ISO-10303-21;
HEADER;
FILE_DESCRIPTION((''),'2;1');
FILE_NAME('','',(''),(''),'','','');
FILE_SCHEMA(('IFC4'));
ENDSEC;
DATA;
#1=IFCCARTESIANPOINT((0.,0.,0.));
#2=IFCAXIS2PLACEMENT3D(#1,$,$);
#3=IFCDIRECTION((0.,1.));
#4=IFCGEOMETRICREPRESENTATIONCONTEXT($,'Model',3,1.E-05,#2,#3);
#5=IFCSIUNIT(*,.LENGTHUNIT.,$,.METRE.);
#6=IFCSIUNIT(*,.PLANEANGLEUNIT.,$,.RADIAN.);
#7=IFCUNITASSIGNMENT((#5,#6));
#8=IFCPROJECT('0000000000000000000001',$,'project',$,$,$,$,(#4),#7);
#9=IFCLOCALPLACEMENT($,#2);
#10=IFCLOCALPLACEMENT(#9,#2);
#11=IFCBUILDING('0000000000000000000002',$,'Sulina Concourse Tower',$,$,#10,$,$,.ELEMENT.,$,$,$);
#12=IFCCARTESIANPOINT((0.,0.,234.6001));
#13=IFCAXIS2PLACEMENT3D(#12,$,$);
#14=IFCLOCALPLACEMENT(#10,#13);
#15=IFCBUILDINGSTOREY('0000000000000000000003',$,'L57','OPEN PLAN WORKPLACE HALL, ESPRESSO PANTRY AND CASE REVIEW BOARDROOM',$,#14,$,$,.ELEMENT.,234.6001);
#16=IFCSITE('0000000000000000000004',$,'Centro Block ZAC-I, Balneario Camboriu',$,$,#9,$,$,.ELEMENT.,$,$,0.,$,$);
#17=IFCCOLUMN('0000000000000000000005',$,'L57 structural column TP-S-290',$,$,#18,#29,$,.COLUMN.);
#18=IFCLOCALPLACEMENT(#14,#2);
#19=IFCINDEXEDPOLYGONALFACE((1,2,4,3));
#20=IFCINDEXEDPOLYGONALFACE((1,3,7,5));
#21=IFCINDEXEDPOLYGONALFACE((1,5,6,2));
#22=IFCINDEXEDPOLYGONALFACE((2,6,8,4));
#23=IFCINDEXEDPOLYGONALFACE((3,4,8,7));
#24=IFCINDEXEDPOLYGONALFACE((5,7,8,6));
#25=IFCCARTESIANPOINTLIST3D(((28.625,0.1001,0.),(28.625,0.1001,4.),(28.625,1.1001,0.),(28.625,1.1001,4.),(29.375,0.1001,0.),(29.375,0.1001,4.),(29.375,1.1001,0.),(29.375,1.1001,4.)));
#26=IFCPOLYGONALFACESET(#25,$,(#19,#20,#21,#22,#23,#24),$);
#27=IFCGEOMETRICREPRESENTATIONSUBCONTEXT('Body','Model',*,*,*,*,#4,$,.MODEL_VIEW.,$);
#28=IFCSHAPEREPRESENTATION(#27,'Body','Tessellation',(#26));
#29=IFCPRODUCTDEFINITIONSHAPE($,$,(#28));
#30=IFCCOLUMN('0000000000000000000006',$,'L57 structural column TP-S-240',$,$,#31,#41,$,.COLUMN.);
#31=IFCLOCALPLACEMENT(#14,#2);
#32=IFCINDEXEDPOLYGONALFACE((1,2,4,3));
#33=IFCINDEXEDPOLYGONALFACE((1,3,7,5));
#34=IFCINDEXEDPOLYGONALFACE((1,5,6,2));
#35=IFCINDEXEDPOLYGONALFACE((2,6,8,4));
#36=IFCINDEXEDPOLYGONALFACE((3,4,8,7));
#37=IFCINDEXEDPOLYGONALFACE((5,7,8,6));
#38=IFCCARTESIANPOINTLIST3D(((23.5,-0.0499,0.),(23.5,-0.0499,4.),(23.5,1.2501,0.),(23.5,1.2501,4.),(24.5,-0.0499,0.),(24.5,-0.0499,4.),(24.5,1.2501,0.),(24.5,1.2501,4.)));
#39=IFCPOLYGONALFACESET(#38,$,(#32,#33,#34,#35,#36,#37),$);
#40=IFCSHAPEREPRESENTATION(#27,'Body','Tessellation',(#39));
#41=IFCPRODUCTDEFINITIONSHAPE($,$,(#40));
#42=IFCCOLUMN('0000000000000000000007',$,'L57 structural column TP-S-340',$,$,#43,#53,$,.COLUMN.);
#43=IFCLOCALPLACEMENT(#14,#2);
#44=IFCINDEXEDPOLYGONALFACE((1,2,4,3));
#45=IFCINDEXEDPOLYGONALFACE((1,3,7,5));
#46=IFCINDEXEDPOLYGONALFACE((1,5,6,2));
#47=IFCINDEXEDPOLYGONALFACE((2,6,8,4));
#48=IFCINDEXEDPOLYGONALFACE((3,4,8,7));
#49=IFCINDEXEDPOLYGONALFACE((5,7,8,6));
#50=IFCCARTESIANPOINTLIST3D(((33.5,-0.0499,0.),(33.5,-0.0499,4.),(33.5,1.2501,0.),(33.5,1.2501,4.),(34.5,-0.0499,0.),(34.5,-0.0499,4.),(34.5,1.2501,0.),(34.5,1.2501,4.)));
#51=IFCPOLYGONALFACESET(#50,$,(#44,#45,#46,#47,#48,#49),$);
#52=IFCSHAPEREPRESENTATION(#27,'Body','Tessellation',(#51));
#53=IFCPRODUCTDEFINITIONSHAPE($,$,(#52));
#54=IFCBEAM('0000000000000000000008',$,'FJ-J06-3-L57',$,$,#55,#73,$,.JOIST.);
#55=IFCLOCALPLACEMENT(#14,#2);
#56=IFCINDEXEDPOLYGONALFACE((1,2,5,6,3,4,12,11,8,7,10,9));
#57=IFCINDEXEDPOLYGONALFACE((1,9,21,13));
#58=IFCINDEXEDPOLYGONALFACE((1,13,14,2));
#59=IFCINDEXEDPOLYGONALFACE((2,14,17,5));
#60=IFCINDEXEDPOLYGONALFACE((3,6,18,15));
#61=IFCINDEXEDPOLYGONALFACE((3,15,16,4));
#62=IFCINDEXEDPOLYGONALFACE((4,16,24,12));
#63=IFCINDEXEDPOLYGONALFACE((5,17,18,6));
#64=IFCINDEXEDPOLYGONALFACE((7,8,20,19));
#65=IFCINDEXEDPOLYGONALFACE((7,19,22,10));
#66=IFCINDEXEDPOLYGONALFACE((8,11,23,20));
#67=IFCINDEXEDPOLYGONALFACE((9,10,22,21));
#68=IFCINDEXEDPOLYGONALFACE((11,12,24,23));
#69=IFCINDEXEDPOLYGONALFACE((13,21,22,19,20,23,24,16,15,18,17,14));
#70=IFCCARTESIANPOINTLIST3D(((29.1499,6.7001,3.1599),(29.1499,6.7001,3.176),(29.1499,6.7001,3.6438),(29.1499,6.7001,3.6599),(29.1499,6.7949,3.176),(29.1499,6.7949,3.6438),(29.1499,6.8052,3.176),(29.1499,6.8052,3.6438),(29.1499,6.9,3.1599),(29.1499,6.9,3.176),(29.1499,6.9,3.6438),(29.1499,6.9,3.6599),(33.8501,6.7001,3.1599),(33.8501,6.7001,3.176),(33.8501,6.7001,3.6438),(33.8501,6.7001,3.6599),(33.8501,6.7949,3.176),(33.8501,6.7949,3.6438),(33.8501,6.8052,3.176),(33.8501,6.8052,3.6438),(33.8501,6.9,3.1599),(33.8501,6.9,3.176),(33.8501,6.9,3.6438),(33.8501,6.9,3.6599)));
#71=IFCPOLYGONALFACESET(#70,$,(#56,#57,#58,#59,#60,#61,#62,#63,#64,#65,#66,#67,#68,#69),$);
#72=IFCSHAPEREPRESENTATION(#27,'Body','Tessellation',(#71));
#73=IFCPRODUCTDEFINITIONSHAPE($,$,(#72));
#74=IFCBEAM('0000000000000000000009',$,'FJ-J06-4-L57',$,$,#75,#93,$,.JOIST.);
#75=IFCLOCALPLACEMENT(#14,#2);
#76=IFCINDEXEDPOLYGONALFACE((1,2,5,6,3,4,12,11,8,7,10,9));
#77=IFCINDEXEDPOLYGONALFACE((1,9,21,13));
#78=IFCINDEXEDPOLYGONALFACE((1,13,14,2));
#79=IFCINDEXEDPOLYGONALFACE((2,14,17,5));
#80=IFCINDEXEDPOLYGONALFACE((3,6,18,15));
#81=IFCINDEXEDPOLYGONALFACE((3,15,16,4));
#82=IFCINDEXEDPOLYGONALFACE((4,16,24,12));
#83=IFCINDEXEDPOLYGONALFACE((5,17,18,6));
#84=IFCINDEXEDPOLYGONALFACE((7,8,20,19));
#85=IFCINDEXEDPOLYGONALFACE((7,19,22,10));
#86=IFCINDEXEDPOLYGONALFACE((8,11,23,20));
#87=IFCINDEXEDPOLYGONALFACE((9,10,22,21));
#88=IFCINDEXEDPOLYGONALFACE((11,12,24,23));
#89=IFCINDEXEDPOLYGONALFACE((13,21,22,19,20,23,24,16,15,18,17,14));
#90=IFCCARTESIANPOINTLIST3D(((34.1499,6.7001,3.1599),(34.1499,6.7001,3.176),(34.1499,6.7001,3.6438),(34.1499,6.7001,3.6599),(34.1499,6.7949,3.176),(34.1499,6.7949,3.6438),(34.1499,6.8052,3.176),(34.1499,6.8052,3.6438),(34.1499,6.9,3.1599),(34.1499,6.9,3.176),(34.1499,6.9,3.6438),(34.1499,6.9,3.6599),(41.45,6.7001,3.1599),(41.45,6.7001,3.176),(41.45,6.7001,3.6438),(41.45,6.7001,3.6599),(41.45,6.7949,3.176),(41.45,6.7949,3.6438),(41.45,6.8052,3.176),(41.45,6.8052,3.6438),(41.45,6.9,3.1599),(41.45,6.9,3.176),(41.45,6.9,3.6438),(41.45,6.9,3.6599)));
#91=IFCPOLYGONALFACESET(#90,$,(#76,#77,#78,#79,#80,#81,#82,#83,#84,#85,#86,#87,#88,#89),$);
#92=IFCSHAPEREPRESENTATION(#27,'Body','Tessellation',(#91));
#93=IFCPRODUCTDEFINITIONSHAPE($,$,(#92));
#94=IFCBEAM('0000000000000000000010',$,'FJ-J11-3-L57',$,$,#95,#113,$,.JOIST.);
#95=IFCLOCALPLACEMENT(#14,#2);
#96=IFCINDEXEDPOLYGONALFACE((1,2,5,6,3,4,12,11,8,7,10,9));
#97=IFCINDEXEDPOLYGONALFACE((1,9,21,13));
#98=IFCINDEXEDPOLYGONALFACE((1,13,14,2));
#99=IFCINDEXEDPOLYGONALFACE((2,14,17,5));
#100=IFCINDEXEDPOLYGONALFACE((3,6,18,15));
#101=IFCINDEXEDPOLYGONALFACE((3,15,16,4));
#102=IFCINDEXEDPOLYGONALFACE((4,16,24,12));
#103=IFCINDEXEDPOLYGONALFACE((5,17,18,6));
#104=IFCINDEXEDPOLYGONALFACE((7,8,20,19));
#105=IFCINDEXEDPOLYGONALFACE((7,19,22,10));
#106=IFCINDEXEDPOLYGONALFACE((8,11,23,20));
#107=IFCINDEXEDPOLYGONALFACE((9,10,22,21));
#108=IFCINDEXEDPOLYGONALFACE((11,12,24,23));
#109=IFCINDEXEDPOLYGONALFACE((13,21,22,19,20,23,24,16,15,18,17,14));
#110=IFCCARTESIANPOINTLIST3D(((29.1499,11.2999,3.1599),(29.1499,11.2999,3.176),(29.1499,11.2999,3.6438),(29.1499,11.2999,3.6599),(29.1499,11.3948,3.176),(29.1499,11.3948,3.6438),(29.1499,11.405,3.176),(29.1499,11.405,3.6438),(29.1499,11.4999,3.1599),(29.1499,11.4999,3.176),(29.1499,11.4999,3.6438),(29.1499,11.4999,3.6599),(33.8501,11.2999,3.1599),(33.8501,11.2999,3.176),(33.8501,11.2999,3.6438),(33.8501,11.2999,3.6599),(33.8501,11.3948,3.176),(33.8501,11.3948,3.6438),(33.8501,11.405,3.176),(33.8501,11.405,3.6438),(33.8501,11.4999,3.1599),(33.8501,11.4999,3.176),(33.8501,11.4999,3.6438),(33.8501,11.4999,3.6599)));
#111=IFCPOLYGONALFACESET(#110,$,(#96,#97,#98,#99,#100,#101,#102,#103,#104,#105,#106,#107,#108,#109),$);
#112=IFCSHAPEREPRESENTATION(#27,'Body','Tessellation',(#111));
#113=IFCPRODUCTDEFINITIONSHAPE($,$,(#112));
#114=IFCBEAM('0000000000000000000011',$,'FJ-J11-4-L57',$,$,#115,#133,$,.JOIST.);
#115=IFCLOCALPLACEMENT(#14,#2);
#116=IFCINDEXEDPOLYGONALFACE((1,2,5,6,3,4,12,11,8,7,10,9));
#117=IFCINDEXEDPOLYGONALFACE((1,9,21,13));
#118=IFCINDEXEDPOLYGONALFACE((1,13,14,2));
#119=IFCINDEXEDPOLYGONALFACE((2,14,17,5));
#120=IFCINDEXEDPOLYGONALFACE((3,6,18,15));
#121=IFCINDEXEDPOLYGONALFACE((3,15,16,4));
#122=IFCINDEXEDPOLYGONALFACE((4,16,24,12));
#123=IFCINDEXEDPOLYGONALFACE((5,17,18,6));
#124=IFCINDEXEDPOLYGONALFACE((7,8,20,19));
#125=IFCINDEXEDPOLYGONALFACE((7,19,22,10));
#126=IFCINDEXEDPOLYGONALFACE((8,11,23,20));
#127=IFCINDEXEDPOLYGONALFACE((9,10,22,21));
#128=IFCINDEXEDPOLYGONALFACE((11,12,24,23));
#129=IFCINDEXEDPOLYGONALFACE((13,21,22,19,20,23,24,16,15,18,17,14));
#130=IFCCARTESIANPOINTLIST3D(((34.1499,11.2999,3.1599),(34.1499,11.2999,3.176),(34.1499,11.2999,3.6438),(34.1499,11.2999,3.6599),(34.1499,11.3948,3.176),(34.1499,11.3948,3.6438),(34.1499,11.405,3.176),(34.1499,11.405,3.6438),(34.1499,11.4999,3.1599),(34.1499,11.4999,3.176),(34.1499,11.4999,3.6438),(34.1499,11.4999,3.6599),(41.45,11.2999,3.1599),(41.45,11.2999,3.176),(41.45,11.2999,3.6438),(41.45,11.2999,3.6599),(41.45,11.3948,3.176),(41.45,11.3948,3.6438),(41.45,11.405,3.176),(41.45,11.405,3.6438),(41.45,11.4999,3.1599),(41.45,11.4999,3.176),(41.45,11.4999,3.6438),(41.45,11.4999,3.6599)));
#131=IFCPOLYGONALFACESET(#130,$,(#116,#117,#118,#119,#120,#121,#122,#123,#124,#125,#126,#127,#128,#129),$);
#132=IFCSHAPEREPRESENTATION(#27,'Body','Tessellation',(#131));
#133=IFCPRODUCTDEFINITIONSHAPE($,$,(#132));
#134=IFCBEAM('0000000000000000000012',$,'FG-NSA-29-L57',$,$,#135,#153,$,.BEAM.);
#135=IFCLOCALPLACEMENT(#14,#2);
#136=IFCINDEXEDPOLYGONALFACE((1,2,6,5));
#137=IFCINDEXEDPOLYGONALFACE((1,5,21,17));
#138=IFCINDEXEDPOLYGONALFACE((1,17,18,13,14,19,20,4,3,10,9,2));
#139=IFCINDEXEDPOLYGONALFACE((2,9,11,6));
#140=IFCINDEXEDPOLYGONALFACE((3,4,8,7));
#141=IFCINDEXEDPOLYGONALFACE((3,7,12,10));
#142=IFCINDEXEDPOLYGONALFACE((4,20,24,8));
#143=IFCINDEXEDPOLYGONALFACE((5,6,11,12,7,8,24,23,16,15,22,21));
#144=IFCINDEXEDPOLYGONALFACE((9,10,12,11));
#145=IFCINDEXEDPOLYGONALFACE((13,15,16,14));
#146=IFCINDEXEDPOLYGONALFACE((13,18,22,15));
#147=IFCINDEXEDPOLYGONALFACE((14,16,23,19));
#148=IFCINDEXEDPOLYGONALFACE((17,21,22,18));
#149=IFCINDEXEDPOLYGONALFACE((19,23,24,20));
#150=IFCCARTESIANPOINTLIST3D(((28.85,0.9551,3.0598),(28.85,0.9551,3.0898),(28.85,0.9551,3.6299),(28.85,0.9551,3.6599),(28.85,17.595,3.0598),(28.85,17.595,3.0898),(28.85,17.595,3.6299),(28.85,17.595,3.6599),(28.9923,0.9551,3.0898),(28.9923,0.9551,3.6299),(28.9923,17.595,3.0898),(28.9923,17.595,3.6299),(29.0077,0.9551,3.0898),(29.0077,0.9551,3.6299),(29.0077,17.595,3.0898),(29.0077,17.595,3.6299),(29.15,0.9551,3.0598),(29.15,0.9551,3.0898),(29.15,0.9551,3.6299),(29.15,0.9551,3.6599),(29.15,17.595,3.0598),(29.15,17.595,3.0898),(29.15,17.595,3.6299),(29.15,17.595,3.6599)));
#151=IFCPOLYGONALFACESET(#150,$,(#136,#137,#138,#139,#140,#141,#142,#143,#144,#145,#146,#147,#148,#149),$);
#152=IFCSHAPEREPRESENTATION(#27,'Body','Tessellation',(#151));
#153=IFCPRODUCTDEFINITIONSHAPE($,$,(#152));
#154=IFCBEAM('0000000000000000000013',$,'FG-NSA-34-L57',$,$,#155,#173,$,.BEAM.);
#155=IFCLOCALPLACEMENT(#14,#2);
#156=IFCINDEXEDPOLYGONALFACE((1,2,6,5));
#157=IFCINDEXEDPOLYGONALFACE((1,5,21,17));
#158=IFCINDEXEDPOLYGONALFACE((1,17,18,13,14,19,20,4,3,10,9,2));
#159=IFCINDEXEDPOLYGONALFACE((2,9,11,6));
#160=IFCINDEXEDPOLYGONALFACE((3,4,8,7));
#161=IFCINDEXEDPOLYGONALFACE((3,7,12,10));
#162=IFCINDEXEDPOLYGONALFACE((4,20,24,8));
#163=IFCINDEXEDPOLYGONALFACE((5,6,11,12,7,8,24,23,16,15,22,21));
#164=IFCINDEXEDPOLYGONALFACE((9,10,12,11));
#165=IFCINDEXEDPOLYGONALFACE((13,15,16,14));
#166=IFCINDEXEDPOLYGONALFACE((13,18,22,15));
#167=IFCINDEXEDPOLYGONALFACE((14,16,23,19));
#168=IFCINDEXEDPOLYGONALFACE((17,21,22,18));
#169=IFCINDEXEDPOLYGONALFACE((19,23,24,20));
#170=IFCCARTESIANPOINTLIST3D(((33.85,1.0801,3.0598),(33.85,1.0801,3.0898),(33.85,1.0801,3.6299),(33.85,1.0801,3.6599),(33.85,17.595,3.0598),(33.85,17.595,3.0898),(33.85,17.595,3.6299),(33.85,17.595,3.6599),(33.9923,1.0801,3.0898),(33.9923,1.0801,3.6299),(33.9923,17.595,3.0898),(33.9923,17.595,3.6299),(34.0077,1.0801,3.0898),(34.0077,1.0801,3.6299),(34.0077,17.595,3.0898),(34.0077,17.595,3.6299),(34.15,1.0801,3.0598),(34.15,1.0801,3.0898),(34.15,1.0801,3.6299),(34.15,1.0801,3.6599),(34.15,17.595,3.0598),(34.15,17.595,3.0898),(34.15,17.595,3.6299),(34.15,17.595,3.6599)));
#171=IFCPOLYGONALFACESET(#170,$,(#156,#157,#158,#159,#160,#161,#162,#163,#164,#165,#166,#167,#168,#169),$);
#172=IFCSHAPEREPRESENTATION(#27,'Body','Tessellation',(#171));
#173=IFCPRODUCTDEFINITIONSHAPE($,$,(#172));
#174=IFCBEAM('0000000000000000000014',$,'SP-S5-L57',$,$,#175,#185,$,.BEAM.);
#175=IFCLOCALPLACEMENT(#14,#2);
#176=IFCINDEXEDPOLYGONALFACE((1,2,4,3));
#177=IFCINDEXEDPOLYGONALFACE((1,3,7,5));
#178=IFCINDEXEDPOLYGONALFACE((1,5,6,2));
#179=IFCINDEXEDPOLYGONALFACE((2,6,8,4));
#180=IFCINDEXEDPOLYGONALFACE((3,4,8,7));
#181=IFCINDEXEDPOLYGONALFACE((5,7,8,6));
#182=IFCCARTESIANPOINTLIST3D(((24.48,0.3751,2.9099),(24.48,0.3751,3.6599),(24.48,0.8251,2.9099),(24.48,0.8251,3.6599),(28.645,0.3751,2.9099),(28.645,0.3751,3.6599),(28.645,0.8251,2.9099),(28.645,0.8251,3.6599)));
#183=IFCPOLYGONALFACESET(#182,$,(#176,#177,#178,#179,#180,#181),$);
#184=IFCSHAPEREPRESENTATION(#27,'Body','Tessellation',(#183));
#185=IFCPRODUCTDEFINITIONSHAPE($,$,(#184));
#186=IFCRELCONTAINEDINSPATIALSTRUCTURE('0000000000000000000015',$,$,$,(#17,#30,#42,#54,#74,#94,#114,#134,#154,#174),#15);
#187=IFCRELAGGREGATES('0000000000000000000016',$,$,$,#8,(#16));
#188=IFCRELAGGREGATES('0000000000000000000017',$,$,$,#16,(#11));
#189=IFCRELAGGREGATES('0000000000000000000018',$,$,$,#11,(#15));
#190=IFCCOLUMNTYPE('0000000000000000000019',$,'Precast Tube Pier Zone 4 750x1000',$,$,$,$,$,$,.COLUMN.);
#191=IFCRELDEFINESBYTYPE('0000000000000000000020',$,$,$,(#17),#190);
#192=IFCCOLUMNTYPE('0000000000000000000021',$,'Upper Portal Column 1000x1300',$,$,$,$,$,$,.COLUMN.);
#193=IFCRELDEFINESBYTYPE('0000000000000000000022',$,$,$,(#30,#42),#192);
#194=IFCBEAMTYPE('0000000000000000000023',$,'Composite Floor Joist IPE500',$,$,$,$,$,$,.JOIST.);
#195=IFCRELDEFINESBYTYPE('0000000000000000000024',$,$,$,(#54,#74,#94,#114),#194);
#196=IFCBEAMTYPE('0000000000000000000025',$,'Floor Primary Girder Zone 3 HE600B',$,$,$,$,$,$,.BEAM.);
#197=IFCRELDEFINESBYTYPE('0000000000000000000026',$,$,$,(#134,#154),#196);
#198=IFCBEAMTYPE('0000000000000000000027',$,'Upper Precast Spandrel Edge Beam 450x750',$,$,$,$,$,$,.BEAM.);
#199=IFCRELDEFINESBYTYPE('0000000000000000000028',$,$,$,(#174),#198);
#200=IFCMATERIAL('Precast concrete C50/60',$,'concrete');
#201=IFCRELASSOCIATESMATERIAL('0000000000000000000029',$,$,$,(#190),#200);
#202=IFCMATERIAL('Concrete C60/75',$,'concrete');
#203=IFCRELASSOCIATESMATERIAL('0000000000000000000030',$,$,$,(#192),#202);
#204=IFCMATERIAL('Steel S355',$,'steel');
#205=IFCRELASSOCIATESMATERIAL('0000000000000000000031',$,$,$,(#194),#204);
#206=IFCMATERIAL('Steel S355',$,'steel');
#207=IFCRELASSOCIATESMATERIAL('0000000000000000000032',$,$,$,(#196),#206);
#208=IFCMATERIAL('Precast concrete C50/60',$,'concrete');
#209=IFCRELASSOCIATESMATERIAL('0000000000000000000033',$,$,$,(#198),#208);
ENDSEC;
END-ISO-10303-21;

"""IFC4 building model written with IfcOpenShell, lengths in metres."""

from ifc_helpers import new_model, si_unit, direction, frame, origin, origin_2d, place, context, subcontext, project, spatial, rectangle, i_section, extrude, material, material_profile, profile_set, type_object, element, save


model = new_model("IFC4")

# Units and contexts
model_context = context("Model", 3, precision=1e-05, world=origin(), true_north=direction((0.0, 1.0)))
body_context = subcontext(model_context, "Body", "Model", "MODEL_VIEW")
ifc_project = project(units=[si_unit("LENGTHUNIT", "METRE"), si_unit("PLANEANGLEUNIT", "RADIAN")], contexts=[model_context])

# Site, building, storey
site_placement = place(None, origin())
site = spatial("IfcSite", under=ifc_project, at=site_placement, Name="Centro Block ZAC-I, Balneario Camboriu", CompositionType="ELEMENT", RefElevation=0.0)
building_placement = place(site_placement, origin())
building = spatial("IfcBuilding", under=site, at=building_placement, Name="Sulina Concourse Tower", CompositionType="ELEMENT")
storey_placement = place(building_placement, frame((0.0, 0.0, 234.6001)))
storey = spatial("IfcBuildingStorey", under=building, at=storey_placement, Name="L57", Description="OPEN PLAN WORKPLACE HALL, ESPRESSO PANTRY AND CASE REVIEW BOARDROOM", CompositionType="ELEMENT", Elevation=234.6001)

# Columns
ifc_material_1 = material(Name="Precast concrete C50/60", Category="concrete")
ifc_material_profile_1 = material_profile(ifc_material_1, rectangle(XDim=0.75, YDim=1.0, at=origin_2d()), Name="PC 750x1000")
ifc_profile_set_1 = profile_set([ifc_material_profile_1], Name="Precast concrete C50/60")
column_type_1 = type_object("IfcColumnType", Name="Precast Tube Pier Zone 4 750x1000", PredefinedType="COLUMN", material=ifc_profile_set_1)
column_placement = place(storey_placement, frame((29.0, 0.6001, 0.0), z_axis=(0.0, 0.0, 1.0), x_axis=(1.0, 0.0, 0.0)))
element("IfcColumn", 1, at=column_placement, inside=storey, type_object=column_type_1, Name="L57 structural column TP-S-290", PredefinedType="COLUMN", context=body_context, shape_type="SweptSolid", body=[
    extrude(rectangle(XDim=0.75, YDim=1.0, at=origin_2d()), origin(), (0.0, 0.0, 1.0), 4.0),
])
ifc_material_2 = material(Name="Concrete C60/75", Category="concrete")
ifc_material_profile_2 = material_profile(ifc_material_2, rectangle(XDim=1.0, YDim=1.3, at=origin_2d()), Name="RC 1000x1300")
ifc_profile_set_2 = profile_set([ifc_material_profile_2], Name="Concrete C60/75")
column_type_2 = type_object("IfcColumnType", Name="Upper Portal Column 1000x1300", PredefinedType="COLUMN", material=ifc_profile_set_2)
for number, where, z_axis, x_axis, name in (
    (2, (24.0, 0.6001, 0.0), (0.0, 0.0, 1.0), (1.0, 0.0, 0.0), "L57 structural column TP-S-240"),
    (3, (34.0, 0.6001, 0.0), (0.0, 0.0, 1.0), (1.0, 0.0, 0.0), "L57 structural column TP-S-340"),
):
    element("IfcColumn", number, at=place(storey_placement, frame(where, z_axis=z_axis, x_axis=x_axis)), inside=storey, type_object=column_type_2, Name=name, PredefinedType="COLUMN", context=body_context, shape_type="SweptSolid", body=[
        extrude(rectangle(XDim=1.0, YDim=1.3, at=origin_2d()), origin(), (0.0, 0.0, 1.0), 4.0),
    ])

# Beams
ifc_material_3 = material(Name="Steel S355", Category="steel")
ifc_material_profile_3 = material_profile(ifc_material_3, i_section(OverallWidth=0.2, OverallDepth=0.5, WebThickness=0.0103, FlangeThickness=0.0161, at=origin_2d()), Name="IPE 500")
ifc_profile_set_3 = profile_set([ifc_material_profile_3], Name="Steel S355")
beam_type_1 = type_object("IfcBeamType", Name="Composite Floor Joist IPE500", PredefinedType="JOIST", material=ifc_profile_set_3)
beam_1_placement = place(storey_placement, frame((29.1499, 6.8, 3.4099), z_axis=(1.0, 0.0, 0.0), x_axis=(0.0, 1.0, 0.0)))
element("IfcBeam", 4, at=beam_1_placement, inside=storey, type_object=beam_type_1, Name="FJ-J06-3-L57", PredefinedType="JOIST", context=body_context, shape_type="SweptSolid", body=[
    extrude(i_section(OverallWidth=0.2, OverallDepth=0.5, WebThickness=0.0103, FlangeThickness=0.0161, at=origin_2d()), origin(), (0.0, 0.0, 1.0), 4.7002),
])
beam_2_placement = place(storey_placement, frame((34.1499, 6.8, 3.4099), z_axis=(1.0, 0.0, 0.0), x_axis=(0.0, 1.0, 0.0)))
element("IfcBeam", 5, at=beam_2_placement, inside=storey, type_object=beam_type_1, Name="FJ-J06-4-L57", PredefinedType="JOIST", context=body_context, shape_type="SweptSolid", body=[
    extrude(i_section(OverallWidth=0.2, OverallDepth=0.5, WebThickness=0.0103, FlangeThickness=0.0161, at=origin_2d()), origin(), (0.0, 0.0, 1.0), 7.3),
])
beam_3_placement = place(storey_placement, frame((29.1499, 11.3999, 3.4099), z_axis=(1.0, 0.0, 0.0), x_axis=(0.0, 1.0, 0.0)))
element("IfcBeam", 6, at=beam_3_placement, inside=storey, type_object=beam_type_1, Name="FJ-J11-3-L57", PredefinedType="JOIST", context=body_context, shape_type="SweptSolid", body=[
    extrude(i_section(OverallWidth=0.2, OverallDepth=0.5, WebThickness=0.0103, FlangeThickness=0.0161, at=origin_2d()), origin(), (0.0, 0.0, 1.0), 4.7002),
])
beam_4_placement = place(storey_placement, frame((34.1499, 11.3999, 3.4099), z_axis=(1.0, 0.0, 0.0), x_axis=(0.0, 1.0, 0.0)))
element("IfcBeam", 7, at=beam_4_placement, inside=storey, type_object=beam_type_1, Name="FJ-J11-4-L57", PredefinedType="JOIST", context=body_context, shape_type="SweptSolid", body=[
    extrude(i_section(OverallWidth=0.2, OverallDepth=0.5, WebThickness=0.0103, FlangeThickness=0.0161, at=origin_2d()), origin(), (0.0, 0.0, 1.0), 7.3),
])
ifc_material_4 = material(Name="Steel S355", Category="steel")
ifc_material_profile_4 = material_profile(ifc_material_4, i_section(OverallWidth=0.3, OverallDepth=0.6001, WebThickness=0.0154, FlangeThickness=0.03, at=origin_2d()), Name="HE 600 B")
ifc_profile_set_4 = profile_set([ifc_material_profile_4], Name="Steel S355")
beam_type_2 = type_object("IfcBeamType", Name="Floor Primary Girder Zone 3 HE600B", PredefinedType="BEAM", material=ifc_profile_set_4)
beam_5_placement = place(storey_placement, frame((29.0, 0.9551, 3.3599), z_axis=(0.0, 1.0, 0.0), x_axis=(-1.0, 0.0, 0.0)))
element("IfcBeam", 8, at=beam_5_placement, inside=storey, type_object=beam_type_2, Name="FG-NSA-29-L57", PredefinedType="BEAM", context=body_context, shape_type="SweptSolid", body=[
    extrude(i_section(OverallWidth=0.3, OverallDepth=0.6001, WebThickness=0.0154, FlangeThickness=0.03, at=origin_2d()), origin(), (0.0, 0.0, 1.0), 16.6399),
])
beam_6_placement = place(storey_placement, frame((34.0, 1.0801, 3.3599), z_axis=(0.0, 1.0, 0.0), x_axis=(-1.0, 0.0, 0.0)))
element("IfcBeam", 9, at=beam_6_placement, inside=storey, type_object=beam_type_2, Name="FG-NSA-34-L57", PredefinedType="BEAM", context=body_context, shape_type="SweptSolid", body=[
    extrude(i_section(OverallWidth=0.3, OverallDepth=0.6001, WebThickness=0.0154, FlangeThickness=0.03, at=origin_2d()), origin(), (0.0, 0.0, 1.0), 16.5149),
])
ifc_material_5 = material(Name="Precast concrete C50/60", Category="concrete")
ifc_material_profile_5 = material_profile(ifc_material_5, rectangle(XDim=0.45, YDim=0.75, at=origin_2d()), Name="RC 450x750")
ifc_profile_set_5 = profile_set([ifc_material_profile_5], Name="Precast concrete C50/60")
beam_type_3 = type_object("IfcBeamType", Name="Upper Precast Spandrel Edge Beam 450x750", PredefinedType="BEAM", material=ifc_profile_set_5)
for number, where, z_axis, x_axis, name in (
    (10, (24.48, 0.6001, 3.2849), (1.0, 0.0, 0.0), (0.0, 1.0, 0.0), "SP-S5-L57"),
):
    element("IfcBeam", number, at=place(storey_placement, frame(where, z_axis=z_axis, x_axis=x_axis)), inside=storey, type_object=beam_type_3, Name=name, PredefinedType="BEAM", context=body_context, shape_type="SweptSolid", body=[
        extrude(rectangle(XDim=0.45, YDim=0.75, at=origin_2d()), origin(), (0.0, 0.0, 1.0), 4.165),
    ])

save(model, "model.ifc")
